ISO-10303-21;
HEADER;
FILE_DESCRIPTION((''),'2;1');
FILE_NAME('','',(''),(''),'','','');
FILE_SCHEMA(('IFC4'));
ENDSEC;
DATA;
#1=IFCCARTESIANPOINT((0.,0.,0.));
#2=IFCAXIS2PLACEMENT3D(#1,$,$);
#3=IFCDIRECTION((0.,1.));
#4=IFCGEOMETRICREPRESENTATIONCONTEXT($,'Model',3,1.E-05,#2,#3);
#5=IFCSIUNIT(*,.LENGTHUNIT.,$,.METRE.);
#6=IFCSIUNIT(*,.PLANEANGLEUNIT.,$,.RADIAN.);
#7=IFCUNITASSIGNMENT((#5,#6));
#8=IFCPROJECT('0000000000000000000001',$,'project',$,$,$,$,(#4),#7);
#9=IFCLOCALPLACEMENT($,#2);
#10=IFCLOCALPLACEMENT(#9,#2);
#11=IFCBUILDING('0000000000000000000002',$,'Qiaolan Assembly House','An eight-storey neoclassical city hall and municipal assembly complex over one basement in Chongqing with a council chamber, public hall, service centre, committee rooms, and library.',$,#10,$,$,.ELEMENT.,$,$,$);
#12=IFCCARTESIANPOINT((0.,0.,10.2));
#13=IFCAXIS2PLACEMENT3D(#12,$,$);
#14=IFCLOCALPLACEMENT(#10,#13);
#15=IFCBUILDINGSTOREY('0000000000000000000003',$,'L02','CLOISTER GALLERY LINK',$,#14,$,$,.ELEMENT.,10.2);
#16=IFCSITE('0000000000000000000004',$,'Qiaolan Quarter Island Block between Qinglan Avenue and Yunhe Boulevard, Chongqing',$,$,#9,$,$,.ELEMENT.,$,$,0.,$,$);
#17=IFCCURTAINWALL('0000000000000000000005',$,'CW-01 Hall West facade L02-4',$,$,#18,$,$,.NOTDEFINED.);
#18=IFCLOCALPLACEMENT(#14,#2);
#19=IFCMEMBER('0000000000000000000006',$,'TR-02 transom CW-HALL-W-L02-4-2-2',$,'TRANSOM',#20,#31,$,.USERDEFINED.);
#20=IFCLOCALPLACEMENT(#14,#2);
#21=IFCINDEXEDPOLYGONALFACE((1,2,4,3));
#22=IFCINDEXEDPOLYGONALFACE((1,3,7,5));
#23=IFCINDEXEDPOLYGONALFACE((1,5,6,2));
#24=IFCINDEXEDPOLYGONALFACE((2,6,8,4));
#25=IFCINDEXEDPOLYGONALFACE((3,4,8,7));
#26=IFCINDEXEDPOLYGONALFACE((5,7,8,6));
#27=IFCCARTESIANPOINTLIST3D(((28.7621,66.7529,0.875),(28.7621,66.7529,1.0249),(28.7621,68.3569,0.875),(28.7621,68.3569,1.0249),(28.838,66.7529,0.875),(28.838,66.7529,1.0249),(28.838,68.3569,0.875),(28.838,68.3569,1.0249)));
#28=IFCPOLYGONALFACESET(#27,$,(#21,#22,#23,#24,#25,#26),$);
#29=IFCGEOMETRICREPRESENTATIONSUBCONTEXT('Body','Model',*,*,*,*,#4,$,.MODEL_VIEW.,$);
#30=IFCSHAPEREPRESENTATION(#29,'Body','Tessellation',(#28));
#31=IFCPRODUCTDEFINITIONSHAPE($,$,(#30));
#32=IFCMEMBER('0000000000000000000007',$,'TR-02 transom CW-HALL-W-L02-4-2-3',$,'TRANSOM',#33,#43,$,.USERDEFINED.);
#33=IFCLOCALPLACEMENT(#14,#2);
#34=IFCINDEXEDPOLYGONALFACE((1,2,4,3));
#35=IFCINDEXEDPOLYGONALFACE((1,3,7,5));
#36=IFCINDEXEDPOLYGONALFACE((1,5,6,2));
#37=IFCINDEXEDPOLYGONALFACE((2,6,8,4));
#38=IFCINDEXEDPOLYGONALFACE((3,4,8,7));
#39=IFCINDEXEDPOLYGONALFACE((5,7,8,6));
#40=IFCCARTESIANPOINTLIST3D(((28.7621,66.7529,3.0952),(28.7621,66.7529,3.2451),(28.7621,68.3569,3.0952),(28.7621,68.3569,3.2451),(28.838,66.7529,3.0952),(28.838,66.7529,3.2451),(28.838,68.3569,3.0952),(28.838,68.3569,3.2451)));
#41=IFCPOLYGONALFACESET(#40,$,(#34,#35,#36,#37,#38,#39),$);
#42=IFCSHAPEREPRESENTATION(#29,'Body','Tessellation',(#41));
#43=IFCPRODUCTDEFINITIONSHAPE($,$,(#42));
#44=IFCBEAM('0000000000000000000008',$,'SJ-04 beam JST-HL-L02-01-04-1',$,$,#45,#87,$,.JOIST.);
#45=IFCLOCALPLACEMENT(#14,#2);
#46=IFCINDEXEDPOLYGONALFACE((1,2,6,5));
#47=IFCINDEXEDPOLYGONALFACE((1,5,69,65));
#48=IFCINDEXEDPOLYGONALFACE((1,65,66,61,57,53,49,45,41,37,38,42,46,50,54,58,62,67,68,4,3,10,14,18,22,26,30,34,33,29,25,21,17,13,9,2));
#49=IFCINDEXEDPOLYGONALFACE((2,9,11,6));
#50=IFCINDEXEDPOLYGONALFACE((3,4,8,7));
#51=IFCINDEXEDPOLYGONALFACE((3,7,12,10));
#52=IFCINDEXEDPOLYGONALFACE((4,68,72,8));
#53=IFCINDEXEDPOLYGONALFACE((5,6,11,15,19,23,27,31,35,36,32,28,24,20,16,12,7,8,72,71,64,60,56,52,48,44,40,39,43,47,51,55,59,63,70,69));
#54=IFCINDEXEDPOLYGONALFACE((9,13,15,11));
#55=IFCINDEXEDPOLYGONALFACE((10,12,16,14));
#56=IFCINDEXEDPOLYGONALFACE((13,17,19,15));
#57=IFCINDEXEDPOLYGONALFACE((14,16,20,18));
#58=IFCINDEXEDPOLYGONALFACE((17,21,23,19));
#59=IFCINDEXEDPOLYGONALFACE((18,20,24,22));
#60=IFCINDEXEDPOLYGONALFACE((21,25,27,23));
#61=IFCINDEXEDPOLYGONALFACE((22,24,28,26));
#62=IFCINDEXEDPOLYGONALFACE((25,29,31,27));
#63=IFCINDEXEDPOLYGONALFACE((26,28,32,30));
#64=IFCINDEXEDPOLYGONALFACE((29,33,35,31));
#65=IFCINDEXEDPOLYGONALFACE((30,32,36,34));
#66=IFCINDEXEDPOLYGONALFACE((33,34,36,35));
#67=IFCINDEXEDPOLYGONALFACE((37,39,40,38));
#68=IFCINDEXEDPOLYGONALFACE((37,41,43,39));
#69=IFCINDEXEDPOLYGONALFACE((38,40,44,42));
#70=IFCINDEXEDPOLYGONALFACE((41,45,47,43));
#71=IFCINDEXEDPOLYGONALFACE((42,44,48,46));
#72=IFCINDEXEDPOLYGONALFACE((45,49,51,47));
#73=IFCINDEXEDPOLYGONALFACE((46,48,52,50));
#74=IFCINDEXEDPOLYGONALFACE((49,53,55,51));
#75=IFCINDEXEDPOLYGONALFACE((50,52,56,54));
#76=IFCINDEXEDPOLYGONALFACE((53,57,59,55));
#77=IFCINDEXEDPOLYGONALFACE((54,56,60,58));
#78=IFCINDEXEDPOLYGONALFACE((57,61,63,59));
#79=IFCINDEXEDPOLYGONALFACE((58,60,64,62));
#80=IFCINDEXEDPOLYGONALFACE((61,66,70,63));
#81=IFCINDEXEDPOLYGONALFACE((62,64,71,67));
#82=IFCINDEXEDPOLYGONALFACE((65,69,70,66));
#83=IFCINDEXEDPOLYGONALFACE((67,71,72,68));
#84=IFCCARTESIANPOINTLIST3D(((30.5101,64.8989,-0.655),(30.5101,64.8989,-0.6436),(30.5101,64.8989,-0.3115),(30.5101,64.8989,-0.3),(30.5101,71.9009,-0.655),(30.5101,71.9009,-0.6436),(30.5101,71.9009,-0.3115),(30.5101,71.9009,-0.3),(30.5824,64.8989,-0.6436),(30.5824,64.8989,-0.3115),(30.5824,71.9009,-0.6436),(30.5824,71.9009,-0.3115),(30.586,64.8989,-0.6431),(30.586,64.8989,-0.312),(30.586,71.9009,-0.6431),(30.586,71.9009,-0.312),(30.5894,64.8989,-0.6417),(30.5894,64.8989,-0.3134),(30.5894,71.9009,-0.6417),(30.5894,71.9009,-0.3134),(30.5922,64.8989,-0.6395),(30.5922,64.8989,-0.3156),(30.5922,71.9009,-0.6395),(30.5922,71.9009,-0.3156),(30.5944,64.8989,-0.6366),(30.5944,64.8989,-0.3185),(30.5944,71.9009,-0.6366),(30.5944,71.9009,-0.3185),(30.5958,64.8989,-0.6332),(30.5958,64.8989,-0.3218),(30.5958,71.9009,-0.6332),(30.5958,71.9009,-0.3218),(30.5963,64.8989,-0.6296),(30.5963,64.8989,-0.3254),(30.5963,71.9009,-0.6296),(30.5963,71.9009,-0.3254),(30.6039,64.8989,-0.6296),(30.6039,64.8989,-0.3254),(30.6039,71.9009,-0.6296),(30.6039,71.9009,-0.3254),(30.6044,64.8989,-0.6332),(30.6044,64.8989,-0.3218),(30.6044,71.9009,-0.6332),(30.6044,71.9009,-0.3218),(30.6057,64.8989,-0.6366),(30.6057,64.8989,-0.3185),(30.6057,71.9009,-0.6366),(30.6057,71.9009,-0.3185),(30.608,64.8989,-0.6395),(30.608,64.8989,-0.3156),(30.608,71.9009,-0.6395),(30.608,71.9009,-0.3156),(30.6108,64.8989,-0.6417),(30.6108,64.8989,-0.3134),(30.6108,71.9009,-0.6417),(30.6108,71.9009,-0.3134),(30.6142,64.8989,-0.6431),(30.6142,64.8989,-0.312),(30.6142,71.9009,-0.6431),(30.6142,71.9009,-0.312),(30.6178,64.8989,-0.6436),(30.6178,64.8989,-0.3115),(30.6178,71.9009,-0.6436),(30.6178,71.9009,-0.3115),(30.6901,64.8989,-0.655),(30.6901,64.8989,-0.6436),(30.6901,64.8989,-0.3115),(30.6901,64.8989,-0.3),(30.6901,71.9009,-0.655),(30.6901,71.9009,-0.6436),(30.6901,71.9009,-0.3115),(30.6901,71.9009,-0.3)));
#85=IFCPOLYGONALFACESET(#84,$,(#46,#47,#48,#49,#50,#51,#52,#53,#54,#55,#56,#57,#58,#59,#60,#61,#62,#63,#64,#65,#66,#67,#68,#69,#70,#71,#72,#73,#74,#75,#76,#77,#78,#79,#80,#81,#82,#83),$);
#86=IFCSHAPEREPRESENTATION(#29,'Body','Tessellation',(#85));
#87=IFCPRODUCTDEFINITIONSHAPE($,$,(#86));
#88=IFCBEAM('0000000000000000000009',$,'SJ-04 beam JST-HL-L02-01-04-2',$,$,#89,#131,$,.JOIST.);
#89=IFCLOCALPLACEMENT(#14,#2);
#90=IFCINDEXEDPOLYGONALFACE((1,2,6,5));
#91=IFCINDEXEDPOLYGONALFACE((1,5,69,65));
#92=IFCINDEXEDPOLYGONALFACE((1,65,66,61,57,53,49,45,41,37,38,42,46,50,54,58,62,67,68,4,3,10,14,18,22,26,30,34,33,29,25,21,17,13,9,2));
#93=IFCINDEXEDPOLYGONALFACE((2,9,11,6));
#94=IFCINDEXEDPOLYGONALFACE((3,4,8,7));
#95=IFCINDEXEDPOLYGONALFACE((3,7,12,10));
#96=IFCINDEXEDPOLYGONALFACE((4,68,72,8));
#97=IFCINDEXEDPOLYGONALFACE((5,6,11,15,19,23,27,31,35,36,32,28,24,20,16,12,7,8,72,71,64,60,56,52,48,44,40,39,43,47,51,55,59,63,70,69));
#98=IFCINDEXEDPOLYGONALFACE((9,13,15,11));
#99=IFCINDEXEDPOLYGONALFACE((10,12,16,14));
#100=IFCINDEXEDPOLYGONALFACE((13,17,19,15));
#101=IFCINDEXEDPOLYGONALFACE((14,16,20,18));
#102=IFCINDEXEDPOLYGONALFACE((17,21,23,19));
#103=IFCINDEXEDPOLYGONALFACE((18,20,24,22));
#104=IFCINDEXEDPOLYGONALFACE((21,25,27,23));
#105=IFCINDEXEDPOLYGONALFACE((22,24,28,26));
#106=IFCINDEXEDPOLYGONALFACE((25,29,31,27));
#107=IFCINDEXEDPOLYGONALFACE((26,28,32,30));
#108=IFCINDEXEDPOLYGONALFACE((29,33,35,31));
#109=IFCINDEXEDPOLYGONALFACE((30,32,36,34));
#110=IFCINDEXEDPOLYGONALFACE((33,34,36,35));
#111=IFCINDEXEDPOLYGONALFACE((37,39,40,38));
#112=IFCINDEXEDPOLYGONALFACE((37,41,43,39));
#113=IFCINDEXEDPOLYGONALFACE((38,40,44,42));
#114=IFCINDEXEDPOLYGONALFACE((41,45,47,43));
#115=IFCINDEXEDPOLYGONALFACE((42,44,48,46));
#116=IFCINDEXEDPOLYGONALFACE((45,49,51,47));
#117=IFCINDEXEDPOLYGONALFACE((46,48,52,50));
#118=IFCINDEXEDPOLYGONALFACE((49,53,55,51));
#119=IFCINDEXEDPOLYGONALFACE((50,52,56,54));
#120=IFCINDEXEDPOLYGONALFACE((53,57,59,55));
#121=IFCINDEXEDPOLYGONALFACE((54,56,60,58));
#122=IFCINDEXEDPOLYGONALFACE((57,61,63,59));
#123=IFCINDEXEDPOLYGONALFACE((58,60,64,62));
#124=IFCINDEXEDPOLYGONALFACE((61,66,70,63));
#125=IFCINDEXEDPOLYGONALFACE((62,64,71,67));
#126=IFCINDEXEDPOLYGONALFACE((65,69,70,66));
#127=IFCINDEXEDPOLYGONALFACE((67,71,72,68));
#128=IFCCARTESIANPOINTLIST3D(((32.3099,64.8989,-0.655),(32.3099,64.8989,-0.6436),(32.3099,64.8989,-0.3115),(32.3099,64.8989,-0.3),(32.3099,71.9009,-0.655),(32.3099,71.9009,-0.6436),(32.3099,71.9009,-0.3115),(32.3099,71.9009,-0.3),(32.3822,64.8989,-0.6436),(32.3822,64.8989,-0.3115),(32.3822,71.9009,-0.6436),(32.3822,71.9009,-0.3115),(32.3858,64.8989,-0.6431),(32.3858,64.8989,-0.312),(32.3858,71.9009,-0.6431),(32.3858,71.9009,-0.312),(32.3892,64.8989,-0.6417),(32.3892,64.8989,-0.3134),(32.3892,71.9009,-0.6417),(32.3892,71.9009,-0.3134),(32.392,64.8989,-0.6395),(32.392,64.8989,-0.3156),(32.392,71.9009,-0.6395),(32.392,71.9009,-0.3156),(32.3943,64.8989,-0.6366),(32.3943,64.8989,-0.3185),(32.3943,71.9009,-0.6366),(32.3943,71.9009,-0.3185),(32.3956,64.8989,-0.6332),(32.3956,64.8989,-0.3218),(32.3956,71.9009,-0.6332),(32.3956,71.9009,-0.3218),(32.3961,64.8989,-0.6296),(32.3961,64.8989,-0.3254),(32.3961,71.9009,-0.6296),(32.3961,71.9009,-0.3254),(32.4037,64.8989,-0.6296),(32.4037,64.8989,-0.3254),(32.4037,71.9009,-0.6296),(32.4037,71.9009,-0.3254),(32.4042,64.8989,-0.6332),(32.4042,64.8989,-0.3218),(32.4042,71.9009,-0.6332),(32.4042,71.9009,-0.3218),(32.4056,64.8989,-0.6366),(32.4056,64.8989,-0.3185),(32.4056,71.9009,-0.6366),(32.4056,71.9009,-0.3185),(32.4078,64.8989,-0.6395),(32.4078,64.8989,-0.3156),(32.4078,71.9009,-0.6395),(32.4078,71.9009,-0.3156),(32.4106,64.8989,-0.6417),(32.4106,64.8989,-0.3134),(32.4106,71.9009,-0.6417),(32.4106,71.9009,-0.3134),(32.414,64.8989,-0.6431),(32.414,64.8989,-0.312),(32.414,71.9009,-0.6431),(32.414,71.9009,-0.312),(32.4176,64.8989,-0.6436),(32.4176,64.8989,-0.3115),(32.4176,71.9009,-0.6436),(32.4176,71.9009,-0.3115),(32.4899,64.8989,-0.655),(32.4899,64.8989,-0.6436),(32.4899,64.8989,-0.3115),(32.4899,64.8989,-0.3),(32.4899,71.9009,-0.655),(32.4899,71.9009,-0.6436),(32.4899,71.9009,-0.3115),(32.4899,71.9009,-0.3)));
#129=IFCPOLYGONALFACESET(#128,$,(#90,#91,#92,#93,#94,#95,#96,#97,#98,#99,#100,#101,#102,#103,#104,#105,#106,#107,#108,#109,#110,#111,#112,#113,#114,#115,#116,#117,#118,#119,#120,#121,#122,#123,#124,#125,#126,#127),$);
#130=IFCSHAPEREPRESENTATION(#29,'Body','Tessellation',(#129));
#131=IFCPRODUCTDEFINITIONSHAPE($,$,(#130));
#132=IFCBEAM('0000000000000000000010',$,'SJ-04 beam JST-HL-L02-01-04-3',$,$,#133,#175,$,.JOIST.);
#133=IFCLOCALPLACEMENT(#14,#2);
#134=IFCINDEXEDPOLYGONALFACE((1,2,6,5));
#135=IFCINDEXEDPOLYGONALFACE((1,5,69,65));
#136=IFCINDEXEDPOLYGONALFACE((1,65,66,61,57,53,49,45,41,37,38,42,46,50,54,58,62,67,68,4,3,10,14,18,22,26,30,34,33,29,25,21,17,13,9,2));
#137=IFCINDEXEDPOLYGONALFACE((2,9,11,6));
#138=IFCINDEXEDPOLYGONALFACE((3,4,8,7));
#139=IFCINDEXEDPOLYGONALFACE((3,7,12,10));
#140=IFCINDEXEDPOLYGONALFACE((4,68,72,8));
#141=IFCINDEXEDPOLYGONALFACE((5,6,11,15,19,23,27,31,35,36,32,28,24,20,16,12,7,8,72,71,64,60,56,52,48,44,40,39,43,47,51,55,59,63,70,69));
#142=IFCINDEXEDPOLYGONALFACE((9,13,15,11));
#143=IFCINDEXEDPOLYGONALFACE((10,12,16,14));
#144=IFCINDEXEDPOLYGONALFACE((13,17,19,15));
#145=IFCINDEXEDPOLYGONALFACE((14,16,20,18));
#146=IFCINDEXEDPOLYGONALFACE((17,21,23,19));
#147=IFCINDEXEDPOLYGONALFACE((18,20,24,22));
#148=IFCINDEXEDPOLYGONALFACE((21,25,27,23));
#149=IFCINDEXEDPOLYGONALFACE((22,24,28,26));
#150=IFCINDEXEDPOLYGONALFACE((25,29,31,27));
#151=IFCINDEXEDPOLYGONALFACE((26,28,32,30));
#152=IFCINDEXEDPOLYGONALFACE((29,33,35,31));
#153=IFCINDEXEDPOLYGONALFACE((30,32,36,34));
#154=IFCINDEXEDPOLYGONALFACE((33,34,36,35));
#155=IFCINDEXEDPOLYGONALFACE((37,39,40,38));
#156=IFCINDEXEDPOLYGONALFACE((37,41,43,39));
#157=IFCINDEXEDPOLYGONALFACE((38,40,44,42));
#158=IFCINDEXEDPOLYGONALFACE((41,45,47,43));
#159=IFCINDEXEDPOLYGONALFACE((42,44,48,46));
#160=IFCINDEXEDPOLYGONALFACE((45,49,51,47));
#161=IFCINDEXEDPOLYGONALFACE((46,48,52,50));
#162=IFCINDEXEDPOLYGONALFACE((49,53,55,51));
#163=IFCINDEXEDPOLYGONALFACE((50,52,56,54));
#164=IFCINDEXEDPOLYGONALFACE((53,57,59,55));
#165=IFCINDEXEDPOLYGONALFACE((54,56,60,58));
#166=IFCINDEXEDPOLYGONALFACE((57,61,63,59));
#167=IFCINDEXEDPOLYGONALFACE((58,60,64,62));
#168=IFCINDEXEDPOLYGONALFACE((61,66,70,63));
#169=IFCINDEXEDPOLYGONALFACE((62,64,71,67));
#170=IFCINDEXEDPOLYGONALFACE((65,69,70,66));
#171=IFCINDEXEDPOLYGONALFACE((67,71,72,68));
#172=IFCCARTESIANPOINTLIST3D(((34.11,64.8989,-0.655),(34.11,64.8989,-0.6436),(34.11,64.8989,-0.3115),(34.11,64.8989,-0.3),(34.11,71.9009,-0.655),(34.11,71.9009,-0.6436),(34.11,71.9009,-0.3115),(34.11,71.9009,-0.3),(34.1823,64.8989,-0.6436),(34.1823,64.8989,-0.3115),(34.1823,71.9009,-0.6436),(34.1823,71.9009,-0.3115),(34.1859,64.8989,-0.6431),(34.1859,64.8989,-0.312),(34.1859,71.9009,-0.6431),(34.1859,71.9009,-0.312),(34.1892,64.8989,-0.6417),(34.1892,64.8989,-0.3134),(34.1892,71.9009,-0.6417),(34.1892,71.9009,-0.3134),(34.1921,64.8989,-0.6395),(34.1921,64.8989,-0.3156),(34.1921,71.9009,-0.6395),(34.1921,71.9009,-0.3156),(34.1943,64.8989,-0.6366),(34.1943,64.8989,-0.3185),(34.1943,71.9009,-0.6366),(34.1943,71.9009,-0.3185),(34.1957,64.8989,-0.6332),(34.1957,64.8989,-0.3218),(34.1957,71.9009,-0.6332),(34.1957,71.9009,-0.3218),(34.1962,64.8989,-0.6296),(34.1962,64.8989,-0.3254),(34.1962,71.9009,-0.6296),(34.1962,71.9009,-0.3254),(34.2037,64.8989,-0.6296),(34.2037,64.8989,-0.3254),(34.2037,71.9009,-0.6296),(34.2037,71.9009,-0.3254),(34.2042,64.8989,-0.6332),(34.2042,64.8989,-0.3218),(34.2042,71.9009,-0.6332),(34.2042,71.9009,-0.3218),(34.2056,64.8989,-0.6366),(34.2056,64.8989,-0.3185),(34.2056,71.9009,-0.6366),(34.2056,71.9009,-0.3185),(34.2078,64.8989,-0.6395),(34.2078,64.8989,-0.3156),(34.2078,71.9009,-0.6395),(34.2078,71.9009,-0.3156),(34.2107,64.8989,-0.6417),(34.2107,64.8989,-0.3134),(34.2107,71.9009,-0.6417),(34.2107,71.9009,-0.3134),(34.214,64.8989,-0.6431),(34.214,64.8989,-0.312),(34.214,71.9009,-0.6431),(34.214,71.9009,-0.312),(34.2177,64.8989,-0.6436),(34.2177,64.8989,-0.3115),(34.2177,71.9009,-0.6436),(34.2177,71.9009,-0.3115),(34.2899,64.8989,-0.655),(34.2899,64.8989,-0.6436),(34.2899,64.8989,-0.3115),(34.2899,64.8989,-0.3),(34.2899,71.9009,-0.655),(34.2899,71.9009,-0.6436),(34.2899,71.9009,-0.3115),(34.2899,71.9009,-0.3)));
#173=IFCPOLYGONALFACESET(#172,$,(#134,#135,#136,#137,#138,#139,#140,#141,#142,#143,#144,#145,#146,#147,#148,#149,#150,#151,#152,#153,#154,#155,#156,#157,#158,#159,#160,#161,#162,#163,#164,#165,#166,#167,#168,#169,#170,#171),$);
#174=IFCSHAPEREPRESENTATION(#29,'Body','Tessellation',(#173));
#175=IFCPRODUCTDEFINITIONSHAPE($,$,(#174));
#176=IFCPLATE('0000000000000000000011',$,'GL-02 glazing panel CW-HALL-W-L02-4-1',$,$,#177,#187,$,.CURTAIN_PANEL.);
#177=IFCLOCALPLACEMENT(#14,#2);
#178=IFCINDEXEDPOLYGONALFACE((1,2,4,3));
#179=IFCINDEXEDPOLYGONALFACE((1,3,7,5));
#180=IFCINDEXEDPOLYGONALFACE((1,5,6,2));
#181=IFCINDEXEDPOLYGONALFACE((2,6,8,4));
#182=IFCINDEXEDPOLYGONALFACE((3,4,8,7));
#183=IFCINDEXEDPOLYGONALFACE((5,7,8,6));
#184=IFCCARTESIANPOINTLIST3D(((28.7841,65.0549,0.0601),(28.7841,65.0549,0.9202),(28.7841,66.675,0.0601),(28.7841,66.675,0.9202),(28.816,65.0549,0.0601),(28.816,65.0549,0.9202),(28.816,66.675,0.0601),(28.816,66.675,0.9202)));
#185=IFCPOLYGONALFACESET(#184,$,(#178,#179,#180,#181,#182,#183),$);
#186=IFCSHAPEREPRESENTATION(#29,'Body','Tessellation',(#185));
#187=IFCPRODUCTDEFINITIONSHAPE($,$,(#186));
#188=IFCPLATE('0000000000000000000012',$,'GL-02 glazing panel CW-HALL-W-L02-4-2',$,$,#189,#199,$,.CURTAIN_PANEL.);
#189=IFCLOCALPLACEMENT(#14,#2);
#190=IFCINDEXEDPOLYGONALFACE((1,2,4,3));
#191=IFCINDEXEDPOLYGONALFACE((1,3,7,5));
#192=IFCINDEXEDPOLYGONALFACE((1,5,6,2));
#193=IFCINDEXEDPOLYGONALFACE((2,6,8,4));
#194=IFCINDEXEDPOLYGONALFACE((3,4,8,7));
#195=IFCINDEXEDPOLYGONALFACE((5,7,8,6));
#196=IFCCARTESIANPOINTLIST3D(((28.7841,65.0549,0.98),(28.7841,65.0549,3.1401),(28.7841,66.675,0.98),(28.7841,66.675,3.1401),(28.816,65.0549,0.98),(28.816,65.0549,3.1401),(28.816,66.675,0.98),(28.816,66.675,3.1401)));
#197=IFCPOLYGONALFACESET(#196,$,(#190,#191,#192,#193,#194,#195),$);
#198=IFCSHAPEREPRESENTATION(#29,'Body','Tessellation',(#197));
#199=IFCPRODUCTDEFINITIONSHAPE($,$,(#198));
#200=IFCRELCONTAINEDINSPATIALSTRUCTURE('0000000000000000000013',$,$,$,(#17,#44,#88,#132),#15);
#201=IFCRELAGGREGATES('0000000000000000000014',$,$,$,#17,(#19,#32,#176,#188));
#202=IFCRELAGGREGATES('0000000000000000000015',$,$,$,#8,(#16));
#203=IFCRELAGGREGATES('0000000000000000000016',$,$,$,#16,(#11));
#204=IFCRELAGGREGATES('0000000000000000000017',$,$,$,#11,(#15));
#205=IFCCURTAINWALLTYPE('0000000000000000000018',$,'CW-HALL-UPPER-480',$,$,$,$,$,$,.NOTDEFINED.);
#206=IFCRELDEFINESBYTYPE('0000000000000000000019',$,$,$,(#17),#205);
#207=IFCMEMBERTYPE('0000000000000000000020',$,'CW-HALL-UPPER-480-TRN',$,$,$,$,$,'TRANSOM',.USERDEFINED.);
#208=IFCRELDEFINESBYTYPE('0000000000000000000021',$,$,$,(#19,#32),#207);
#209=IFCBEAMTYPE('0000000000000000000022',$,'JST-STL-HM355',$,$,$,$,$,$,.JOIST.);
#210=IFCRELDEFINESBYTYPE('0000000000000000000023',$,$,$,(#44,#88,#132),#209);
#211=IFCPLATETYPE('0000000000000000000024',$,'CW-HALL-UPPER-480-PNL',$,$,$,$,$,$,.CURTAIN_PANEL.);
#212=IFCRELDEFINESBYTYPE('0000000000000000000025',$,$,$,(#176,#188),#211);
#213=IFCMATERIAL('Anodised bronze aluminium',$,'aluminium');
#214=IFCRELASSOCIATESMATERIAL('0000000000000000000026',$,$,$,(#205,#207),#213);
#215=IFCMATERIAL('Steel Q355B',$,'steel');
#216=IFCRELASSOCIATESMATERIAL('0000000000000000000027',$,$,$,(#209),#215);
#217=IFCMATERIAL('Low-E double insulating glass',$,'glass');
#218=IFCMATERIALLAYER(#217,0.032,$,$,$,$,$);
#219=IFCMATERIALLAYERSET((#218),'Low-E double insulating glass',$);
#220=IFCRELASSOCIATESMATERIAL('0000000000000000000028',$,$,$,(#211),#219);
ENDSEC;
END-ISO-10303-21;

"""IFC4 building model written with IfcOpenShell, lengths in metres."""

from ifc_helpers import new_model, si_unit, direction, frame, frame_2d, origin, origin_2d, place, context, subcontext, project, spatial, rectangle, i_section, extrude, material, layer, layer_set, material_profile, profile_set, type_object, element, aggregate, save


model = new_model("IFC4")

# Units and contexts
model_context = context("Model", 3, precision=1e-05, world=origin(), true_north=direction((0.0, 1.0)))
body_context = subcontext(model_context, "Body", "Model", "MODEL_VIEW")
ifc_project = project(units=[si_unit("LENGTHUNIT", "METRE"), si_unit("PLANEANGLEUNIT", "RADIAN")], contexts=[model_context])

# Site, building, storey
site_placement = place(None, origin())
site = spatial("IfcSite", under=ifc_project, at=site_placement, Name="Qiaolan Quarter Island Block between Qinglan Avenue and Yunhe Boulevard, Chongqing", CompositionType="ELEMENT", RefElevation=0.0)
building_placement = place(site_placement, origin())
building = spatial("IfcBuilding", under=site, at=building_placement, Name="Qiaolan Assembly House", Description="An eight-storey neoclassical city hall and municipal assembly complex over one basement in Chongqing with a council chamber, public hall, service centre, committee rooms, and library.", CompositionType="ELEMENT")
storey_placement = place(building_placement, frame((0.0, 0.0, 10.2)))
storey = spatial("IfcBuildingStorey", under=building, at=storey_placement, Name="L02", Description="CLOISTER GALLERY LINK", CompositionType="ELEMENT", Elevation=10.2)

# Shared definitions
ifc_material_1 = material(Name="Steel Q355B", Category="steel")

# Curtain wall, members
ifc_material_2 = material(Name="Anodised bronze aluminium", Category="aluminium")
curtain_wall_type = type_object("IfcCurtainWallType", Name="CW-HALL-UPPER-480", PredefinedType="NOTDEFINED", material=ifc_material_2)
curtain_wall_placement = place(storey_placement, origin())
curtain_wall = element("IfcCurtainWall", 1, at=curtain_wall_placement, inside=storey, type_object=curtain_wall_type, Name="CW-01 Hall West facade L02-4", PredefinedType="NOTDEFINED")
ifc_material_profile_1 = material_profile(ifc_material_2, rectangle(XDim=0.0759, YDim=0.1499, at=origin_2d()), Name="TRN 76x150")
ifc_profile_set_1 = profile_set([ifc_material_profile_1], Name="Anodised bronze aluminium")
member_type_1 = type_object("IfcMemberType", Name="CW-HALL-UPPER-480-TRN", ElementType="TRANSOM", PredefinedType="USERDEFINED", material=ifc_profile_set_1)
member_1_placement = place(storey_placement, frame((28.8, 66.7529, 0.95), z_axis=(0.0, 1.0, 0.0), x_axis=(-1.0, 0.0, 0.0)))
member_1 = element("IfcMember", 2, at=member_1_placement, type_object=member_type_1, Name="TR-02 transom CW-HALL-W-L02-4-2-2", ObjectType="TRANSOM", PredefinedType="USERDEFINED", context=body_context, shape_type="SweptSolid", body=[
    extrude(rectangle(XDim=0.0759, YDim=0.1499, at=origin_2d()), origin(), (0.0, 0.0, 1.0), 1.604),
])
member_2_placement = place(storey_placement, frame((28.8, 66.7529, 3.1702), z_axis=(0.0, 1.0, 0.0), x_axis=(-1.0, 0.0, 0.0)))
member_2 = element("IfcMember", 3, at=member_2_placement, type_object=member_type_1, Name="TR-02 transom CW-HALL-W-L02-4-2-3", ObjectType="TRANSOM", PredefinedType="USERDEFINED", context=body_context, shape_type="SweptSolid", body=[
    extrude(rectangle(XDim=0.0759, YDim=0.1499, at=origin_2d()), origin(), (0.0, 0.0, 1.0), 1.604),
])

# Beams
ifc_material_profile_2 = material_profile(ifc_material_1, i_section(OverallWidth=0.1799, OverallDepth=0.355, WebThickness=0.0076, FlangeThickness=0.0115, FilletRadius=0.0139, at=origin_2d()), Name="HM 355x180x7.5x11.5")
ifc_profile_set_2 = profile_set([ifc_material_profile_2], Name="Steel Q355B")
beam_type_1 = type_object("IfcBeamType", Name="JST-STL-HM355", PredefinedType="JOIST", material=ifc_profile_set_2)
for number, where, z_axis, x_axis, name in (
    (4, (30.6001, 64.8989, -0.4775), (0.0, 1.0, 0.0), (-1.0, 0.0, 0.0), "SJ-04 beam JST-HL-L02-01-04-1"),
    (5, (32.3999, 64.8989, -0.4775), (0.0, 1.0, 0.0), (-1.0, 0.0, 0.0), "SJ-04 beam JST-HL-L02-01-04-2"),
    (6, (34.2, 64.8989, -0.4775), (0.0, 1.0, 0.0), (-1.0, 0.0, 0.0), "SJ-04 beam JST-HL-L02-01-04-3"),
):
    element("IfcBeam", number, at=place(storey_placement, frame(where, z_axis=z_axis, x_axis=x_axis)), inside=storey, type_object=beam_type_1, Name=name, PredefinedType="JOIST", context=body_context, shape_type="SweptSolid", body=[
        extrude(i_section(OverallWidth=0.1799, OverallDepth=0.355, WebThickness=0.0076, FlangeThickness=0.0115, FilletRadius=0.0139, at=origin_2d()), origin(), (0.0, 0.0, 1.0), 7.002),
    ])

# Plates
ifc_material_3 = material(Name="Low-E double insulating glass", Category="glass")
ifc_layer_1 = layer(ifc_material_3, 0.032)
ifc_layer_set_1 = layer_set([ifc_layer_1], Name="Low-E double insulating glass")
plate_type_1 = type_object("IfcPlateType", Name="CW-HALL-UPPER-480-PNL", PredefinedType="CURTAIN_PANEL", material=ifc_layer_set_1)
plate_1_placement = place(storey_placement, frame((28.8, 65.0549, 0.0601), z_axis=(0.0, 0.0, 1.0), x_axis=(0.0, 1.0, 0.0)))
plate_1 = element("IfcPlate", 7, at=plate_1_placement, type_object=plate_type_1, Name="GL-02 glazing panel CW-HALL-W-L02-4-1", PredefinedType="CURTAIN_PANEL", context=body_context, shape_type="SweptSolid", body=[
    extrude(rectangle(XDim=1.6201, YDim=0.032, at=frame_2d((0.8101, 0.0))), origin(), (0.0, 0.0, 1.0), 0.8601),
])
plate_2_placement = place(storey_placement, frame((28.8, 65.0549, 0.98), z_axis=(0.0, 0.0, 1.0), x_axis=(0.0, 1.0, 0.0)))
plate_2 = element("IfcPlate", 8, at=plate_2_placement, type_object=plate_type_1, Name="GL-02 glazing panel CW-HALL-W-L02-4-2", PredefinedType="CURTAIN_PANEL", context=body_context, shape_type="SweptSolid", body=[
    extrude(rectangle(XDim=1.6201, YDim=0.032, at=frame_2d((0.8101, 0.0))), origin(), (0.0, 0.0, 1.0), 2.1602),
])
aggregate(curtain_wall, [member_1, member_2, plate_1, plate_2])

save(model, "model.ifc")
